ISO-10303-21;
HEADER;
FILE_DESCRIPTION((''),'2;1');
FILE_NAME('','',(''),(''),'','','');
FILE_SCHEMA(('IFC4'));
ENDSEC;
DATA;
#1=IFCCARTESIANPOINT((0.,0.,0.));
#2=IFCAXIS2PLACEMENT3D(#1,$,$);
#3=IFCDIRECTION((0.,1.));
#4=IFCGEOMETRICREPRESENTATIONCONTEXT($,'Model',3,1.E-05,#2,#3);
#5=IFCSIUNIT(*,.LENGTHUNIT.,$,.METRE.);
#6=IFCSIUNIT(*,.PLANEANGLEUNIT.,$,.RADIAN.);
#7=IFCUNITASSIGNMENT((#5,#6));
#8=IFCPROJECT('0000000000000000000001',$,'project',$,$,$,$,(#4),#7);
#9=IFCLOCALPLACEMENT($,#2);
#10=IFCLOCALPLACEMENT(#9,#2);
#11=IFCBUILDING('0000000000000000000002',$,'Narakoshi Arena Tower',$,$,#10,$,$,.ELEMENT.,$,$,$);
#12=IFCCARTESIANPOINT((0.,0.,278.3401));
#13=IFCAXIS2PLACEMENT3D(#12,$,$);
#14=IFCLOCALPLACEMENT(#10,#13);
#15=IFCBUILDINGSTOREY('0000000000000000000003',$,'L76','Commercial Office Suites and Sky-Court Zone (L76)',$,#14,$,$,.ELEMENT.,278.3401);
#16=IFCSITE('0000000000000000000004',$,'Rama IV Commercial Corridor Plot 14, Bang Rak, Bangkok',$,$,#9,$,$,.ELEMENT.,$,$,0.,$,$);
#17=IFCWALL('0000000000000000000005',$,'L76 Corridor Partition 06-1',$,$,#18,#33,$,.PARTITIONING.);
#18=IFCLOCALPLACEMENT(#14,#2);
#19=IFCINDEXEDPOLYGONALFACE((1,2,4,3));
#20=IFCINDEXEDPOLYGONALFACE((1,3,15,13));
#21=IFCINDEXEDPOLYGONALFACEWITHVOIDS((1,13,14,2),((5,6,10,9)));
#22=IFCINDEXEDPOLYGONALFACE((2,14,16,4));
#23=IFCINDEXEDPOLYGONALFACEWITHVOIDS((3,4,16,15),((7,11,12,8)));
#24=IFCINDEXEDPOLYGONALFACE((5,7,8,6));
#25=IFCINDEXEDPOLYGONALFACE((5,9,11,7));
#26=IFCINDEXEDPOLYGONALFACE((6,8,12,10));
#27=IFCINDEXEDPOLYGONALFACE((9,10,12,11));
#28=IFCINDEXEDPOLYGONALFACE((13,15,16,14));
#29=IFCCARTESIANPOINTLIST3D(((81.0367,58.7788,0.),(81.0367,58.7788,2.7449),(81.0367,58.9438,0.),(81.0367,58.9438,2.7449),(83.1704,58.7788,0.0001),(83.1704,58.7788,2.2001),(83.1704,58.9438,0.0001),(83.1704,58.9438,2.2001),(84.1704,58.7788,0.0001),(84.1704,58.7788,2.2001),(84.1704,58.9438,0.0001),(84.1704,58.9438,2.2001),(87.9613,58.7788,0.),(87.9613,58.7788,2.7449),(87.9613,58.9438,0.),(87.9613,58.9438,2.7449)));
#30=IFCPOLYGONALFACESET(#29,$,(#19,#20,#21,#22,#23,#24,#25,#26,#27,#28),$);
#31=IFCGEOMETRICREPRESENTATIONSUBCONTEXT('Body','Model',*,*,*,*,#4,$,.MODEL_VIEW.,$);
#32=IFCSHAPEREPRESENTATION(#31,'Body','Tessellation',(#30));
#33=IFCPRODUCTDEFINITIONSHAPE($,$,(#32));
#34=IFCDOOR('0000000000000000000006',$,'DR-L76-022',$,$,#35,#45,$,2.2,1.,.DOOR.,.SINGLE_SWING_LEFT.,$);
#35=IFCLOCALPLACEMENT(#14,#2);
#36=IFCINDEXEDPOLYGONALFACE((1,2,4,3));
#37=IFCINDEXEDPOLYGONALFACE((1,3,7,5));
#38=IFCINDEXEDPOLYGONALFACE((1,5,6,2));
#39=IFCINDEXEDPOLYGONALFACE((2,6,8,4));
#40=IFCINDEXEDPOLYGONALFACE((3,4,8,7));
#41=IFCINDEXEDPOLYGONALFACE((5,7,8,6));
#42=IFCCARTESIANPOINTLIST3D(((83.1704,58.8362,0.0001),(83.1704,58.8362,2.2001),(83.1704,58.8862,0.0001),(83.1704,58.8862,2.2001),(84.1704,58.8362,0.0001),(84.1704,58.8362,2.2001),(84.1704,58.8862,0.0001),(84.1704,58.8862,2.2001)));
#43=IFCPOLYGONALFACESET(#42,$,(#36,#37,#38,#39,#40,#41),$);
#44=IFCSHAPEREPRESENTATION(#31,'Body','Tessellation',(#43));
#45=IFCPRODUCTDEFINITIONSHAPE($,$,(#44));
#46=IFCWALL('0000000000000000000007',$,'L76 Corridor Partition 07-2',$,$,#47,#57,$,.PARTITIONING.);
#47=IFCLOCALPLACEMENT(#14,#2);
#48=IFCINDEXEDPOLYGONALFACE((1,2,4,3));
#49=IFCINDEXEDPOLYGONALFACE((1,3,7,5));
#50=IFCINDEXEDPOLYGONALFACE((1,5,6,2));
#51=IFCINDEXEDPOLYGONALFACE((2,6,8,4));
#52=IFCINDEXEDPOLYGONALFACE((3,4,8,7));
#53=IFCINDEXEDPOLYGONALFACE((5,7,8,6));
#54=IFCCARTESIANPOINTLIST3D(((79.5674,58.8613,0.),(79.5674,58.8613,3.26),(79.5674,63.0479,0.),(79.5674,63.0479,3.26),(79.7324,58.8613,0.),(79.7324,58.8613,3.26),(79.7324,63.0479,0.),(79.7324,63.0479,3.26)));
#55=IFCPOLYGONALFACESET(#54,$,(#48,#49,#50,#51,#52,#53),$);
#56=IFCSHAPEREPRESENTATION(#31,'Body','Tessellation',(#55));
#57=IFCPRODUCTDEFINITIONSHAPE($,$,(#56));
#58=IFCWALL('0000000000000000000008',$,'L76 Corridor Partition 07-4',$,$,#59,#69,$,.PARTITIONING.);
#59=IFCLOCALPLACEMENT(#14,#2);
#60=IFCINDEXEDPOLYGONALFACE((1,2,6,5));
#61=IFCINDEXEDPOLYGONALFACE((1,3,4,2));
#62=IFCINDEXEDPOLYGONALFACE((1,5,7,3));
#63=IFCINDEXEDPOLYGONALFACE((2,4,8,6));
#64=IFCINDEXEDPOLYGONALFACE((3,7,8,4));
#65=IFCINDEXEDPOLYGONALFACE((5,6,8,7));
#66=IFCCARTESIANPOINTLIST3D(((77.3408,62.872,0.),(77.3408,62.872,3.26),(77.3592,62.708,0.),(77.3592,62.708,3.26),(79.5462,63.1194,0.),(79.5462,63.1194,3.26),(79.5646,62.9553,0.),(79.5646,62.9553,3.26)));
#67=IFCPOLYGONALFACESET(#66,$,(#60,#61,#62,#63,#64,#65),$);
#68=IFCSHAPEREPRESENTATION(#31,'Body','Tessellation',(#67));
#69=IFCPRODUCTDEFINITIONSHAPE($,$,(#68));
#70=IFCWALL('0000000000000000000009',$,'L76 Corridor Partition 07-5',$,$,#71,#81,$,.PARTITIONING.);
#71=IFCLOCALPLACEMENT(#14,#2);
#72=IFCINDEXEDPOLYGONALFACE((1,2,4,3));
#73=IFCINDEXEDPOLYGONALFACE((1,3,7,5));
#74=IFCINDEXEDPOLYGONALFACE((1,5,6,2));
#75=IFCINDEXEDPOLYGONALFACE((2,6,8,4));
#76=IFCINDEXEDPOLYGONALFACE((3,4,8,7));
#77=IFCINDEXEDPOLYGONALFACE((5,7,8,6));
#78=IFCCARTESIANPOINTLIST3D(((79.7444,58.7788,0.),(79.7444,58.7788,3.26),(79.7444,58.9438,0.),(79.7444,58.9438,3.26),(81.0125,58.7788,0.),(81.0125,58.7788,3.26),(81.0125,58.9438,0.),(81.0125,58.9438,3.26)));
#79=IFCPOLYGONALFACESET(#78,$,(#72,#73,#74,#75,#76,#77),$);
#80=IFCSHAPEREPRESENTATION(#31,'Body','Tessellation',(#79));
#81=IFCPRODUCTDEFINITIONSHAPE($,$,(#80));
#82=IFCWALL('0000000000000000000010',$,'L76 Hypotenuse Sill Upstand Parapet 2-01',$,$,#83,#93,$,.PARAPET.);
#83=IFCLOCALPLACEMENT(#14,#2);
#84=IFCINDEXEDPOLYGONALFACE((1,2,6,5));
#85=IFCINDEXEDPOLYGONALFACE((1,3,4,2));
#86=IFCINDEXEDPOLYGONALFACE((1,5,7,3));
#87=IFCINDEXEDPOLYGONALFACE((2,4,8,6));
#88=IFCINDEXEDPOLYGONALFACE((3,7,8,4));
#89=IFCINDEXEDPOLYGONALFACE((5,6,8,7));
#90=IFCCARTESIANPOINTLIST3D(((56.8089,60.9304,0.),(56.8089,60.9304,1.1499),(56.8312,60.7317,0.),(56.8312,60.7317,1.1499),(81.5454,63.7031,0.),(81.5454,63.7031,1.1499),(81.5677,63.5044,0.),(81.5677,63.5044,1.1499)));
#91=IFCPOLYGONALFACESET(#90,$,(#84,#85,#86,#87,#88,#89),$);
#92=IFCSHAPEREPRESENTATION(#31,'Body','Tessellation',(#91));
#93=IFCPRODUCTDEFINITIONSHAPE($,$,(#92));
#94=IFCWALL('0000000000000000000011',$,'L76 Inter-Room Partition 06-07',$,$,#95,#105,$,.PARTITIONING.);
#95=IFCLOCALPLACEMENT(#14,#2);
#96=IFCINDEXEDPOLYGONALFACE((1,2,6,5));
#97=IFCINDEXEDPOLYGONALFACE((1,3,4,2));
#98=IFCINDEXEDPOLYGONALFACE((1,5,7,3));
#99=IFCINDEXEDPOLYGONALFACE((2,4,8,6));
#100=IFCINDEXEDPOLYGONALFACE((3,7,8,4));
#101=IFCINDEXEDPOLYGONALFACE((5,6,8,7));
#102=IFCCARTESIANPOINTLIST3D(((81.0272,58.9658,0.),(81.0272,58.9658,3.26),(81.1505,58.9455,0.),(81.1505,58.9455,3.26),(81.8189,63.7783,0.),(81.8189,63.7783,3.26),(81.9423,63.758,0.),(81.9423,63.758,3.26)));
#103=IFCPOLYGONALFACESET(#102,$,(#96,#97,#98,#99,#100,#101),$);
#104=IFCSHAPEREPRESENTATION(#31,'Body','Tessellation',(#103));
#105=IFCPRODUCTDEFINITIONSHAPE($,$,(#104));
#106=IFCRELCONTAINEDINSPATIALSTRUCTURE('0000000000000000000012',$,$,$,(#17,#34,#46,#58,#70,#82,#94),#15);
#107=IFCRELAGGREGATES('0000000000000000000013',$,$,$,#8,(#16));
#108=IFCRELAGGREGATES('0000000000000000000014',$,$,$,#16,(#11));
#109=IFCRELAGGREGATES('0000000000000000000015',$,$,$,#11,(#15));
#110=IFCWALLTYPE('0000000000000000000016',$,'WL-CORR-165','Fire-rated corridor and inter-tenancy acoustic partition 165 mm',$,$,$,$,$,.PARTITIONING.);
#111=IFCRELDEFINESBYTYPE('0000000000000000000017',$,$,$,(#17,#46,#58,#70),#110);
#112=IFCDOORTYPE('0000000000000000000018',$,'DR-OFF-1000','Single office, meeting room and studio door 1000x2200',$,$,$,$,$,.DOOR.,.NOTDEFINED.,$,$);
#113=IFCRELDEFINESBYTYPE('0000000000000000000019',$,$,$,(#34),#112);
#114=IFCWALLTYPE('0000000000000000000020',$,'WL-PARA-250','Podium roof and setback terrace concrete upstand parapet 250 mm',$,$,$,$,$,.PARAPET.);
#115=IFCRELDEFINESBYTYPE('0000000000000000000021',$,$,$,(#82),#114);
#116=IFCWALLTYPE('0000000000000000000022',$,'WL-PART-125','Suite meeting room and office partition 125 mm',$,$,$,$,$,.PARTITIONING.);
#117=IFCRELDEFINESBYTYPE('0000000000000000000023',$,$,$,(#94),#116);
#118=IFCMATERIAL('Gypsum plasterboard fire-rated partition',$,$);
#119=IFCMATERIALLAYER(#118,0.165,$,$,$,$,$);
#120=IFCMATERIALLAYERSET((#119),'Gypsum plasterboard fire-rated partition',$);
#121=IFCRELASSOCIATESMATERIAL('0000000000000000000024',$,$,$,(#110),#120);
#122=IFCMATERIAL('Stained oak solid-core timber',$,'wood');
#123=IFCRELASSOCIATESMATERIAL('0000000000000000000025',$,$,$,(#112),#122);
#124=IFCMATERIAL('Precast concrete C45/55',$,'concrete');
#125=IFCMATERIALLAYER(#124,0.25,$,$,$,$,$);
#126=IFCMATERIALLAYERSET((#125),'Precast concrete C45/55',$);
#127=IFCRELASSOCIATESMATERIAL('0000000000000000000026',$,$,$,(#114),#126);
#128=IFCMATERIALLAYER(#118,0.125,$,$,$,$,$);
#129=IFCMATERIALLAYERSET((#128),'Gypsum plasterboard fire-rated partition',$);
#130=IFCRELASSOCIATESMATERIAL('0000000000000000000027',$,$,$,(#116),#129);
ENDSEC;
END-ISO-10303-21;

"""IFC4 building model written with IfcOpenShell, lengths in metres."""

from ifc_helpers import new_model, si_unit, direction, frame, frame_2d, origin, place, context, subcontext, project, spatial, rectangle, extrude, material, layer, layer_set, type_object, element, fill, save


model = new_model("IFC4")

# Units and contexts
model_context = context("Model", 3, precision=1e-05, world=origin(), true_north=direction((0.0, 1.0)))
body_context = subcontext(model_context, "Body", "Model", "MODEL_VIEW")
ifc_project = project(units=[si_unit("LENGTHUNIT", "METRE"), si_unit("PLANEANGLEUNIT", "RADIAN")], contexts=[model_context])

# Site, building, storey
site_placement = place(None, origin())
site = spatial("IfcSite", under=ifc_project, at=site_placement, Name="Rama IV Commercial Corridor Plot 14, Bang Rak, Bangkok", CompositionType="ELEMENT", RefElevation=0.0)
building_placement = place(site_placement, origin())
building = spatial("IfcBuilding", under=site, at=building_placement, Name="Narakoshi Arena Tower", CompositionType="ELEMENT")
storey_placement = place(building_placement, frame((0.0, 0.0, 278.3401)))
storey = spatial("IfcBuildingStorey", under=building, at=storey_placement, Name="L76", Description="Commercial Office Suites and Sky-Court Zone (L76)", CompositionType="ELEMENT", Elevation=278.3401)

# Wall, opening, door
ifc_material_1 = material(Name="Gypsum plasterboard fire-rated partition")
ifc_layer_1 = layer(ifc_material_1, 0.165)
ifc_layer_set_1 = layer_set([ifc_layer_1], Name="Gypsum plasterboard fire-rated partition")
wall_type_1 = type_object("IfcWallType", Name="WL-CORR-165", Description="Fire-rated corridor and inter-tenancy acoustic partition 165 mm", PredefinedType="PARTITIONING", material=ifc_layer_set_1)
wall_1_placement = place(storey_placement, frame((87.9614, 58.8613, 0.0), z_axis=(0.0, 0.0, 1.0), x_axis=(-1.0, 0.0, 0.0)))
wall_1 = element("IfcWall", 1, at=wall_1_placement, inside=storey, type_object=wall_type_1, Name="L76 Corridor Partition 06-1", PredefinedType="PARTITIONING", context=body_context, shape_type="SweptSolid", body=[
    extrude(rectangle(XDim=6.9246, YDim=0.165, at=frame_2d((3.4624, 0.0))), origin(), (0.0, 0.0, 1.0), 2.7449),
])
opening_placement = place(wall_1_placement, frame((3.791, 0.0, 0.0)))
opening = element("IfcOpeningElement", 2, at=opening_placement, cuts=wall_1, PredefinedType="OPENING", context=body_context, shape_type="SweptSolid", body=[
    extrude(rectangle(XDim=1.0, YDim=2.2, at=frame_2d((0.5, 1.1001))), frame((0.0, 0.0925, 0.0), z_axis=(0.0, -1.0, 0.0), x_axis=(1.0, 0.0, 0.0)), (0.0, 0.0, 1.0), 0.1851),
])
ifc_material_2 = material(Name="Stained oak solid-core timber", Category="wood")
door_type = type_object("IfcDoorType", Name="DR-OFF-1000", Description="Single office, meeting room and studio door 1000x2200", OperationType="NOTDEFINED", PredefinedType="DOOR", material=ifc_material_2)
door_placement = place(opening_placement, frame((1.0, 0.0, 0.0), z_axis=(0.0, 0.0, 1.0), x_axis=(-1.0, 0.0, 0.0)))
door = element("IfcDoor", 3, at=door_placement, inside=storey, type_object=door_type, Name="DR-L76-022", OperationType="SINGLE_SWING_LEFT", OverallHeight=2.2, OverallWidth=1.0, PredefinedType="DOOR", context=body_context, shape_type="SweptSolid", body=[
    extrude(rectangle(XDim=1.0, YDim=2.2, at=frame_2d((0.5, 1.1001))), frame((0.0, 0.0249, 0.0), z_axis=(0.0, -1.0, 0.0), x_axis=(1.0, 0.0, 0.0)), (0.0, 0.0, 1.0), 0.05),
])
fill(opening, door)

# Walls
wall_2_placement = place(storey_placement, frame((79.6499, 58.8613, 0.0), z_axis=(0.0, 0.0, 1.0), x_axis=(0.0, 1.0, 0.0)))
element("IfcWall", 4, at=wall_2_placement, inside=storey, type_object=wall_type_1, Name="L76 Corridor Partition 07-2", PredefinedType="PARTITIONING", context=body_context, shape_type="SweptSolid", body=[
    extrude(rectangle(XDim=4.1865, YDim=0.165, at=frame_2d((2.0933, 0.0))), origin(), (0.0, 0.0, 1.0), 3.26),
])
wall_3_placement = place(storey_placement, frame((79.5554, 63.0374, 0.0), z_axis=(0.0, 0.0, 1.0), x_axis=(-0.993771, -0.111446, 0.0)))
element("IfcWall", 5, at=wall_3_placement, inside=storey, type_object=wall_type_1, Name="L76 Corridor Partition 07-4", PredefinedType="PARTITIONING", context=body_context, shape_type="SweptSolid", body=[
    extrude(rectangle(XDim=2.2192, YDim=0.165, at=frame_2d((1.1096, 0.0))), origin(), (0.0, 0.0, 1.0), 3.26),
])
wall_4_placement = place(storey_placement, frame((81.0125, 58.8613, 0.0), z_axis=(0.0, 0.0, 1.0), x_axis=(-1.0, 0.0, 0.0)))
element("IfcWall", 6, at=wall_4_placement, inside=storey, type_object=wall_type_1, Name="L76 Corridor Partition 07-5", PredefinedType="PARTITIONING", context=body_context, shape_type="SweptSolid", body=[
    extrude(rectangle(XDim=1.2681, YDim=0.165, at=frame_2d((0.634, 0.0))), origin(), (0.0, 0.0, 1.0), 3.26),
])
ifc_material_3 = material(Name="Precast concrete C45/55", Category="concrete")
ifc_layer_2 = layer(ifc_material_3, 0.25)
ifc_layer_set_2 = layer_set([ifc_layer_2], Name="Precast concrete C45/55")
wall_type_2 = type_object("IfcWallType", Name="WL-PARA-250", Description="Podium roof and setback terrace concrete upstand parapet 250 mm", PredefinedType="PARAPET", material=ifc_layer_set_2)
wall_5_placement = place(storey_placement, frame((81.5566, 63.6038, 0.0), z_axis=(0.0, 0.0, 1.0), x_axis=(-0.993776, -0.111393, 0.0)))
element("IfcWall", 7, at=wall_5_placement, inside=storey, type_object=wall_type_2, Name="L76 Hypotenuse Sill Upstand Parapet 2-01", PredefinedType="PARAPET", context=body_context, shape_type="SweptSolid", body=[
    extrude(rectangle(XDim=24.8914, YDim=0.2, at=frame_2d((12.4458, 0.0))), origin(), (0.0, 0.0, 1.0), 1.1499),
])
ifc_layer_3 = layer(ifc_material_1, 0.125)
ifc_layer_set_3 = layer_set([ifc_layer_3], Name="Gypsum plasterboard fire-rated partition")
wall_type_3 = type_object("IfcWallType", Name="WL-PART-125", Description="Suite meeting room and office partition 125 mm", PredefinedType="PARTITIONING", material=ifc_layer_set_3)
wall_6_placement = place(storey_placement, frame((81.0889, 58.9558, 0.0), z_axis=(0.0, 0.0, 1.0), x_axis=(0.162337, 0.986735, 0.0)))
element("IfcWall", 8, at=wall_6_placement, inside=storey, type_object=wall_type_3, Name="L76 Inter-Room Partition 06-07", PredefinedType="PARTITIONING", context=body_context, shape_type="SweptSolid", body=[
    extrude(rectangle(XDim=4.8772, YDim=0.125, at=frame_2d((2.4385, 0.0))), origin(), (0.0, 0.0, 1.0), 3.26),
])

save(model, "model.ifc")
